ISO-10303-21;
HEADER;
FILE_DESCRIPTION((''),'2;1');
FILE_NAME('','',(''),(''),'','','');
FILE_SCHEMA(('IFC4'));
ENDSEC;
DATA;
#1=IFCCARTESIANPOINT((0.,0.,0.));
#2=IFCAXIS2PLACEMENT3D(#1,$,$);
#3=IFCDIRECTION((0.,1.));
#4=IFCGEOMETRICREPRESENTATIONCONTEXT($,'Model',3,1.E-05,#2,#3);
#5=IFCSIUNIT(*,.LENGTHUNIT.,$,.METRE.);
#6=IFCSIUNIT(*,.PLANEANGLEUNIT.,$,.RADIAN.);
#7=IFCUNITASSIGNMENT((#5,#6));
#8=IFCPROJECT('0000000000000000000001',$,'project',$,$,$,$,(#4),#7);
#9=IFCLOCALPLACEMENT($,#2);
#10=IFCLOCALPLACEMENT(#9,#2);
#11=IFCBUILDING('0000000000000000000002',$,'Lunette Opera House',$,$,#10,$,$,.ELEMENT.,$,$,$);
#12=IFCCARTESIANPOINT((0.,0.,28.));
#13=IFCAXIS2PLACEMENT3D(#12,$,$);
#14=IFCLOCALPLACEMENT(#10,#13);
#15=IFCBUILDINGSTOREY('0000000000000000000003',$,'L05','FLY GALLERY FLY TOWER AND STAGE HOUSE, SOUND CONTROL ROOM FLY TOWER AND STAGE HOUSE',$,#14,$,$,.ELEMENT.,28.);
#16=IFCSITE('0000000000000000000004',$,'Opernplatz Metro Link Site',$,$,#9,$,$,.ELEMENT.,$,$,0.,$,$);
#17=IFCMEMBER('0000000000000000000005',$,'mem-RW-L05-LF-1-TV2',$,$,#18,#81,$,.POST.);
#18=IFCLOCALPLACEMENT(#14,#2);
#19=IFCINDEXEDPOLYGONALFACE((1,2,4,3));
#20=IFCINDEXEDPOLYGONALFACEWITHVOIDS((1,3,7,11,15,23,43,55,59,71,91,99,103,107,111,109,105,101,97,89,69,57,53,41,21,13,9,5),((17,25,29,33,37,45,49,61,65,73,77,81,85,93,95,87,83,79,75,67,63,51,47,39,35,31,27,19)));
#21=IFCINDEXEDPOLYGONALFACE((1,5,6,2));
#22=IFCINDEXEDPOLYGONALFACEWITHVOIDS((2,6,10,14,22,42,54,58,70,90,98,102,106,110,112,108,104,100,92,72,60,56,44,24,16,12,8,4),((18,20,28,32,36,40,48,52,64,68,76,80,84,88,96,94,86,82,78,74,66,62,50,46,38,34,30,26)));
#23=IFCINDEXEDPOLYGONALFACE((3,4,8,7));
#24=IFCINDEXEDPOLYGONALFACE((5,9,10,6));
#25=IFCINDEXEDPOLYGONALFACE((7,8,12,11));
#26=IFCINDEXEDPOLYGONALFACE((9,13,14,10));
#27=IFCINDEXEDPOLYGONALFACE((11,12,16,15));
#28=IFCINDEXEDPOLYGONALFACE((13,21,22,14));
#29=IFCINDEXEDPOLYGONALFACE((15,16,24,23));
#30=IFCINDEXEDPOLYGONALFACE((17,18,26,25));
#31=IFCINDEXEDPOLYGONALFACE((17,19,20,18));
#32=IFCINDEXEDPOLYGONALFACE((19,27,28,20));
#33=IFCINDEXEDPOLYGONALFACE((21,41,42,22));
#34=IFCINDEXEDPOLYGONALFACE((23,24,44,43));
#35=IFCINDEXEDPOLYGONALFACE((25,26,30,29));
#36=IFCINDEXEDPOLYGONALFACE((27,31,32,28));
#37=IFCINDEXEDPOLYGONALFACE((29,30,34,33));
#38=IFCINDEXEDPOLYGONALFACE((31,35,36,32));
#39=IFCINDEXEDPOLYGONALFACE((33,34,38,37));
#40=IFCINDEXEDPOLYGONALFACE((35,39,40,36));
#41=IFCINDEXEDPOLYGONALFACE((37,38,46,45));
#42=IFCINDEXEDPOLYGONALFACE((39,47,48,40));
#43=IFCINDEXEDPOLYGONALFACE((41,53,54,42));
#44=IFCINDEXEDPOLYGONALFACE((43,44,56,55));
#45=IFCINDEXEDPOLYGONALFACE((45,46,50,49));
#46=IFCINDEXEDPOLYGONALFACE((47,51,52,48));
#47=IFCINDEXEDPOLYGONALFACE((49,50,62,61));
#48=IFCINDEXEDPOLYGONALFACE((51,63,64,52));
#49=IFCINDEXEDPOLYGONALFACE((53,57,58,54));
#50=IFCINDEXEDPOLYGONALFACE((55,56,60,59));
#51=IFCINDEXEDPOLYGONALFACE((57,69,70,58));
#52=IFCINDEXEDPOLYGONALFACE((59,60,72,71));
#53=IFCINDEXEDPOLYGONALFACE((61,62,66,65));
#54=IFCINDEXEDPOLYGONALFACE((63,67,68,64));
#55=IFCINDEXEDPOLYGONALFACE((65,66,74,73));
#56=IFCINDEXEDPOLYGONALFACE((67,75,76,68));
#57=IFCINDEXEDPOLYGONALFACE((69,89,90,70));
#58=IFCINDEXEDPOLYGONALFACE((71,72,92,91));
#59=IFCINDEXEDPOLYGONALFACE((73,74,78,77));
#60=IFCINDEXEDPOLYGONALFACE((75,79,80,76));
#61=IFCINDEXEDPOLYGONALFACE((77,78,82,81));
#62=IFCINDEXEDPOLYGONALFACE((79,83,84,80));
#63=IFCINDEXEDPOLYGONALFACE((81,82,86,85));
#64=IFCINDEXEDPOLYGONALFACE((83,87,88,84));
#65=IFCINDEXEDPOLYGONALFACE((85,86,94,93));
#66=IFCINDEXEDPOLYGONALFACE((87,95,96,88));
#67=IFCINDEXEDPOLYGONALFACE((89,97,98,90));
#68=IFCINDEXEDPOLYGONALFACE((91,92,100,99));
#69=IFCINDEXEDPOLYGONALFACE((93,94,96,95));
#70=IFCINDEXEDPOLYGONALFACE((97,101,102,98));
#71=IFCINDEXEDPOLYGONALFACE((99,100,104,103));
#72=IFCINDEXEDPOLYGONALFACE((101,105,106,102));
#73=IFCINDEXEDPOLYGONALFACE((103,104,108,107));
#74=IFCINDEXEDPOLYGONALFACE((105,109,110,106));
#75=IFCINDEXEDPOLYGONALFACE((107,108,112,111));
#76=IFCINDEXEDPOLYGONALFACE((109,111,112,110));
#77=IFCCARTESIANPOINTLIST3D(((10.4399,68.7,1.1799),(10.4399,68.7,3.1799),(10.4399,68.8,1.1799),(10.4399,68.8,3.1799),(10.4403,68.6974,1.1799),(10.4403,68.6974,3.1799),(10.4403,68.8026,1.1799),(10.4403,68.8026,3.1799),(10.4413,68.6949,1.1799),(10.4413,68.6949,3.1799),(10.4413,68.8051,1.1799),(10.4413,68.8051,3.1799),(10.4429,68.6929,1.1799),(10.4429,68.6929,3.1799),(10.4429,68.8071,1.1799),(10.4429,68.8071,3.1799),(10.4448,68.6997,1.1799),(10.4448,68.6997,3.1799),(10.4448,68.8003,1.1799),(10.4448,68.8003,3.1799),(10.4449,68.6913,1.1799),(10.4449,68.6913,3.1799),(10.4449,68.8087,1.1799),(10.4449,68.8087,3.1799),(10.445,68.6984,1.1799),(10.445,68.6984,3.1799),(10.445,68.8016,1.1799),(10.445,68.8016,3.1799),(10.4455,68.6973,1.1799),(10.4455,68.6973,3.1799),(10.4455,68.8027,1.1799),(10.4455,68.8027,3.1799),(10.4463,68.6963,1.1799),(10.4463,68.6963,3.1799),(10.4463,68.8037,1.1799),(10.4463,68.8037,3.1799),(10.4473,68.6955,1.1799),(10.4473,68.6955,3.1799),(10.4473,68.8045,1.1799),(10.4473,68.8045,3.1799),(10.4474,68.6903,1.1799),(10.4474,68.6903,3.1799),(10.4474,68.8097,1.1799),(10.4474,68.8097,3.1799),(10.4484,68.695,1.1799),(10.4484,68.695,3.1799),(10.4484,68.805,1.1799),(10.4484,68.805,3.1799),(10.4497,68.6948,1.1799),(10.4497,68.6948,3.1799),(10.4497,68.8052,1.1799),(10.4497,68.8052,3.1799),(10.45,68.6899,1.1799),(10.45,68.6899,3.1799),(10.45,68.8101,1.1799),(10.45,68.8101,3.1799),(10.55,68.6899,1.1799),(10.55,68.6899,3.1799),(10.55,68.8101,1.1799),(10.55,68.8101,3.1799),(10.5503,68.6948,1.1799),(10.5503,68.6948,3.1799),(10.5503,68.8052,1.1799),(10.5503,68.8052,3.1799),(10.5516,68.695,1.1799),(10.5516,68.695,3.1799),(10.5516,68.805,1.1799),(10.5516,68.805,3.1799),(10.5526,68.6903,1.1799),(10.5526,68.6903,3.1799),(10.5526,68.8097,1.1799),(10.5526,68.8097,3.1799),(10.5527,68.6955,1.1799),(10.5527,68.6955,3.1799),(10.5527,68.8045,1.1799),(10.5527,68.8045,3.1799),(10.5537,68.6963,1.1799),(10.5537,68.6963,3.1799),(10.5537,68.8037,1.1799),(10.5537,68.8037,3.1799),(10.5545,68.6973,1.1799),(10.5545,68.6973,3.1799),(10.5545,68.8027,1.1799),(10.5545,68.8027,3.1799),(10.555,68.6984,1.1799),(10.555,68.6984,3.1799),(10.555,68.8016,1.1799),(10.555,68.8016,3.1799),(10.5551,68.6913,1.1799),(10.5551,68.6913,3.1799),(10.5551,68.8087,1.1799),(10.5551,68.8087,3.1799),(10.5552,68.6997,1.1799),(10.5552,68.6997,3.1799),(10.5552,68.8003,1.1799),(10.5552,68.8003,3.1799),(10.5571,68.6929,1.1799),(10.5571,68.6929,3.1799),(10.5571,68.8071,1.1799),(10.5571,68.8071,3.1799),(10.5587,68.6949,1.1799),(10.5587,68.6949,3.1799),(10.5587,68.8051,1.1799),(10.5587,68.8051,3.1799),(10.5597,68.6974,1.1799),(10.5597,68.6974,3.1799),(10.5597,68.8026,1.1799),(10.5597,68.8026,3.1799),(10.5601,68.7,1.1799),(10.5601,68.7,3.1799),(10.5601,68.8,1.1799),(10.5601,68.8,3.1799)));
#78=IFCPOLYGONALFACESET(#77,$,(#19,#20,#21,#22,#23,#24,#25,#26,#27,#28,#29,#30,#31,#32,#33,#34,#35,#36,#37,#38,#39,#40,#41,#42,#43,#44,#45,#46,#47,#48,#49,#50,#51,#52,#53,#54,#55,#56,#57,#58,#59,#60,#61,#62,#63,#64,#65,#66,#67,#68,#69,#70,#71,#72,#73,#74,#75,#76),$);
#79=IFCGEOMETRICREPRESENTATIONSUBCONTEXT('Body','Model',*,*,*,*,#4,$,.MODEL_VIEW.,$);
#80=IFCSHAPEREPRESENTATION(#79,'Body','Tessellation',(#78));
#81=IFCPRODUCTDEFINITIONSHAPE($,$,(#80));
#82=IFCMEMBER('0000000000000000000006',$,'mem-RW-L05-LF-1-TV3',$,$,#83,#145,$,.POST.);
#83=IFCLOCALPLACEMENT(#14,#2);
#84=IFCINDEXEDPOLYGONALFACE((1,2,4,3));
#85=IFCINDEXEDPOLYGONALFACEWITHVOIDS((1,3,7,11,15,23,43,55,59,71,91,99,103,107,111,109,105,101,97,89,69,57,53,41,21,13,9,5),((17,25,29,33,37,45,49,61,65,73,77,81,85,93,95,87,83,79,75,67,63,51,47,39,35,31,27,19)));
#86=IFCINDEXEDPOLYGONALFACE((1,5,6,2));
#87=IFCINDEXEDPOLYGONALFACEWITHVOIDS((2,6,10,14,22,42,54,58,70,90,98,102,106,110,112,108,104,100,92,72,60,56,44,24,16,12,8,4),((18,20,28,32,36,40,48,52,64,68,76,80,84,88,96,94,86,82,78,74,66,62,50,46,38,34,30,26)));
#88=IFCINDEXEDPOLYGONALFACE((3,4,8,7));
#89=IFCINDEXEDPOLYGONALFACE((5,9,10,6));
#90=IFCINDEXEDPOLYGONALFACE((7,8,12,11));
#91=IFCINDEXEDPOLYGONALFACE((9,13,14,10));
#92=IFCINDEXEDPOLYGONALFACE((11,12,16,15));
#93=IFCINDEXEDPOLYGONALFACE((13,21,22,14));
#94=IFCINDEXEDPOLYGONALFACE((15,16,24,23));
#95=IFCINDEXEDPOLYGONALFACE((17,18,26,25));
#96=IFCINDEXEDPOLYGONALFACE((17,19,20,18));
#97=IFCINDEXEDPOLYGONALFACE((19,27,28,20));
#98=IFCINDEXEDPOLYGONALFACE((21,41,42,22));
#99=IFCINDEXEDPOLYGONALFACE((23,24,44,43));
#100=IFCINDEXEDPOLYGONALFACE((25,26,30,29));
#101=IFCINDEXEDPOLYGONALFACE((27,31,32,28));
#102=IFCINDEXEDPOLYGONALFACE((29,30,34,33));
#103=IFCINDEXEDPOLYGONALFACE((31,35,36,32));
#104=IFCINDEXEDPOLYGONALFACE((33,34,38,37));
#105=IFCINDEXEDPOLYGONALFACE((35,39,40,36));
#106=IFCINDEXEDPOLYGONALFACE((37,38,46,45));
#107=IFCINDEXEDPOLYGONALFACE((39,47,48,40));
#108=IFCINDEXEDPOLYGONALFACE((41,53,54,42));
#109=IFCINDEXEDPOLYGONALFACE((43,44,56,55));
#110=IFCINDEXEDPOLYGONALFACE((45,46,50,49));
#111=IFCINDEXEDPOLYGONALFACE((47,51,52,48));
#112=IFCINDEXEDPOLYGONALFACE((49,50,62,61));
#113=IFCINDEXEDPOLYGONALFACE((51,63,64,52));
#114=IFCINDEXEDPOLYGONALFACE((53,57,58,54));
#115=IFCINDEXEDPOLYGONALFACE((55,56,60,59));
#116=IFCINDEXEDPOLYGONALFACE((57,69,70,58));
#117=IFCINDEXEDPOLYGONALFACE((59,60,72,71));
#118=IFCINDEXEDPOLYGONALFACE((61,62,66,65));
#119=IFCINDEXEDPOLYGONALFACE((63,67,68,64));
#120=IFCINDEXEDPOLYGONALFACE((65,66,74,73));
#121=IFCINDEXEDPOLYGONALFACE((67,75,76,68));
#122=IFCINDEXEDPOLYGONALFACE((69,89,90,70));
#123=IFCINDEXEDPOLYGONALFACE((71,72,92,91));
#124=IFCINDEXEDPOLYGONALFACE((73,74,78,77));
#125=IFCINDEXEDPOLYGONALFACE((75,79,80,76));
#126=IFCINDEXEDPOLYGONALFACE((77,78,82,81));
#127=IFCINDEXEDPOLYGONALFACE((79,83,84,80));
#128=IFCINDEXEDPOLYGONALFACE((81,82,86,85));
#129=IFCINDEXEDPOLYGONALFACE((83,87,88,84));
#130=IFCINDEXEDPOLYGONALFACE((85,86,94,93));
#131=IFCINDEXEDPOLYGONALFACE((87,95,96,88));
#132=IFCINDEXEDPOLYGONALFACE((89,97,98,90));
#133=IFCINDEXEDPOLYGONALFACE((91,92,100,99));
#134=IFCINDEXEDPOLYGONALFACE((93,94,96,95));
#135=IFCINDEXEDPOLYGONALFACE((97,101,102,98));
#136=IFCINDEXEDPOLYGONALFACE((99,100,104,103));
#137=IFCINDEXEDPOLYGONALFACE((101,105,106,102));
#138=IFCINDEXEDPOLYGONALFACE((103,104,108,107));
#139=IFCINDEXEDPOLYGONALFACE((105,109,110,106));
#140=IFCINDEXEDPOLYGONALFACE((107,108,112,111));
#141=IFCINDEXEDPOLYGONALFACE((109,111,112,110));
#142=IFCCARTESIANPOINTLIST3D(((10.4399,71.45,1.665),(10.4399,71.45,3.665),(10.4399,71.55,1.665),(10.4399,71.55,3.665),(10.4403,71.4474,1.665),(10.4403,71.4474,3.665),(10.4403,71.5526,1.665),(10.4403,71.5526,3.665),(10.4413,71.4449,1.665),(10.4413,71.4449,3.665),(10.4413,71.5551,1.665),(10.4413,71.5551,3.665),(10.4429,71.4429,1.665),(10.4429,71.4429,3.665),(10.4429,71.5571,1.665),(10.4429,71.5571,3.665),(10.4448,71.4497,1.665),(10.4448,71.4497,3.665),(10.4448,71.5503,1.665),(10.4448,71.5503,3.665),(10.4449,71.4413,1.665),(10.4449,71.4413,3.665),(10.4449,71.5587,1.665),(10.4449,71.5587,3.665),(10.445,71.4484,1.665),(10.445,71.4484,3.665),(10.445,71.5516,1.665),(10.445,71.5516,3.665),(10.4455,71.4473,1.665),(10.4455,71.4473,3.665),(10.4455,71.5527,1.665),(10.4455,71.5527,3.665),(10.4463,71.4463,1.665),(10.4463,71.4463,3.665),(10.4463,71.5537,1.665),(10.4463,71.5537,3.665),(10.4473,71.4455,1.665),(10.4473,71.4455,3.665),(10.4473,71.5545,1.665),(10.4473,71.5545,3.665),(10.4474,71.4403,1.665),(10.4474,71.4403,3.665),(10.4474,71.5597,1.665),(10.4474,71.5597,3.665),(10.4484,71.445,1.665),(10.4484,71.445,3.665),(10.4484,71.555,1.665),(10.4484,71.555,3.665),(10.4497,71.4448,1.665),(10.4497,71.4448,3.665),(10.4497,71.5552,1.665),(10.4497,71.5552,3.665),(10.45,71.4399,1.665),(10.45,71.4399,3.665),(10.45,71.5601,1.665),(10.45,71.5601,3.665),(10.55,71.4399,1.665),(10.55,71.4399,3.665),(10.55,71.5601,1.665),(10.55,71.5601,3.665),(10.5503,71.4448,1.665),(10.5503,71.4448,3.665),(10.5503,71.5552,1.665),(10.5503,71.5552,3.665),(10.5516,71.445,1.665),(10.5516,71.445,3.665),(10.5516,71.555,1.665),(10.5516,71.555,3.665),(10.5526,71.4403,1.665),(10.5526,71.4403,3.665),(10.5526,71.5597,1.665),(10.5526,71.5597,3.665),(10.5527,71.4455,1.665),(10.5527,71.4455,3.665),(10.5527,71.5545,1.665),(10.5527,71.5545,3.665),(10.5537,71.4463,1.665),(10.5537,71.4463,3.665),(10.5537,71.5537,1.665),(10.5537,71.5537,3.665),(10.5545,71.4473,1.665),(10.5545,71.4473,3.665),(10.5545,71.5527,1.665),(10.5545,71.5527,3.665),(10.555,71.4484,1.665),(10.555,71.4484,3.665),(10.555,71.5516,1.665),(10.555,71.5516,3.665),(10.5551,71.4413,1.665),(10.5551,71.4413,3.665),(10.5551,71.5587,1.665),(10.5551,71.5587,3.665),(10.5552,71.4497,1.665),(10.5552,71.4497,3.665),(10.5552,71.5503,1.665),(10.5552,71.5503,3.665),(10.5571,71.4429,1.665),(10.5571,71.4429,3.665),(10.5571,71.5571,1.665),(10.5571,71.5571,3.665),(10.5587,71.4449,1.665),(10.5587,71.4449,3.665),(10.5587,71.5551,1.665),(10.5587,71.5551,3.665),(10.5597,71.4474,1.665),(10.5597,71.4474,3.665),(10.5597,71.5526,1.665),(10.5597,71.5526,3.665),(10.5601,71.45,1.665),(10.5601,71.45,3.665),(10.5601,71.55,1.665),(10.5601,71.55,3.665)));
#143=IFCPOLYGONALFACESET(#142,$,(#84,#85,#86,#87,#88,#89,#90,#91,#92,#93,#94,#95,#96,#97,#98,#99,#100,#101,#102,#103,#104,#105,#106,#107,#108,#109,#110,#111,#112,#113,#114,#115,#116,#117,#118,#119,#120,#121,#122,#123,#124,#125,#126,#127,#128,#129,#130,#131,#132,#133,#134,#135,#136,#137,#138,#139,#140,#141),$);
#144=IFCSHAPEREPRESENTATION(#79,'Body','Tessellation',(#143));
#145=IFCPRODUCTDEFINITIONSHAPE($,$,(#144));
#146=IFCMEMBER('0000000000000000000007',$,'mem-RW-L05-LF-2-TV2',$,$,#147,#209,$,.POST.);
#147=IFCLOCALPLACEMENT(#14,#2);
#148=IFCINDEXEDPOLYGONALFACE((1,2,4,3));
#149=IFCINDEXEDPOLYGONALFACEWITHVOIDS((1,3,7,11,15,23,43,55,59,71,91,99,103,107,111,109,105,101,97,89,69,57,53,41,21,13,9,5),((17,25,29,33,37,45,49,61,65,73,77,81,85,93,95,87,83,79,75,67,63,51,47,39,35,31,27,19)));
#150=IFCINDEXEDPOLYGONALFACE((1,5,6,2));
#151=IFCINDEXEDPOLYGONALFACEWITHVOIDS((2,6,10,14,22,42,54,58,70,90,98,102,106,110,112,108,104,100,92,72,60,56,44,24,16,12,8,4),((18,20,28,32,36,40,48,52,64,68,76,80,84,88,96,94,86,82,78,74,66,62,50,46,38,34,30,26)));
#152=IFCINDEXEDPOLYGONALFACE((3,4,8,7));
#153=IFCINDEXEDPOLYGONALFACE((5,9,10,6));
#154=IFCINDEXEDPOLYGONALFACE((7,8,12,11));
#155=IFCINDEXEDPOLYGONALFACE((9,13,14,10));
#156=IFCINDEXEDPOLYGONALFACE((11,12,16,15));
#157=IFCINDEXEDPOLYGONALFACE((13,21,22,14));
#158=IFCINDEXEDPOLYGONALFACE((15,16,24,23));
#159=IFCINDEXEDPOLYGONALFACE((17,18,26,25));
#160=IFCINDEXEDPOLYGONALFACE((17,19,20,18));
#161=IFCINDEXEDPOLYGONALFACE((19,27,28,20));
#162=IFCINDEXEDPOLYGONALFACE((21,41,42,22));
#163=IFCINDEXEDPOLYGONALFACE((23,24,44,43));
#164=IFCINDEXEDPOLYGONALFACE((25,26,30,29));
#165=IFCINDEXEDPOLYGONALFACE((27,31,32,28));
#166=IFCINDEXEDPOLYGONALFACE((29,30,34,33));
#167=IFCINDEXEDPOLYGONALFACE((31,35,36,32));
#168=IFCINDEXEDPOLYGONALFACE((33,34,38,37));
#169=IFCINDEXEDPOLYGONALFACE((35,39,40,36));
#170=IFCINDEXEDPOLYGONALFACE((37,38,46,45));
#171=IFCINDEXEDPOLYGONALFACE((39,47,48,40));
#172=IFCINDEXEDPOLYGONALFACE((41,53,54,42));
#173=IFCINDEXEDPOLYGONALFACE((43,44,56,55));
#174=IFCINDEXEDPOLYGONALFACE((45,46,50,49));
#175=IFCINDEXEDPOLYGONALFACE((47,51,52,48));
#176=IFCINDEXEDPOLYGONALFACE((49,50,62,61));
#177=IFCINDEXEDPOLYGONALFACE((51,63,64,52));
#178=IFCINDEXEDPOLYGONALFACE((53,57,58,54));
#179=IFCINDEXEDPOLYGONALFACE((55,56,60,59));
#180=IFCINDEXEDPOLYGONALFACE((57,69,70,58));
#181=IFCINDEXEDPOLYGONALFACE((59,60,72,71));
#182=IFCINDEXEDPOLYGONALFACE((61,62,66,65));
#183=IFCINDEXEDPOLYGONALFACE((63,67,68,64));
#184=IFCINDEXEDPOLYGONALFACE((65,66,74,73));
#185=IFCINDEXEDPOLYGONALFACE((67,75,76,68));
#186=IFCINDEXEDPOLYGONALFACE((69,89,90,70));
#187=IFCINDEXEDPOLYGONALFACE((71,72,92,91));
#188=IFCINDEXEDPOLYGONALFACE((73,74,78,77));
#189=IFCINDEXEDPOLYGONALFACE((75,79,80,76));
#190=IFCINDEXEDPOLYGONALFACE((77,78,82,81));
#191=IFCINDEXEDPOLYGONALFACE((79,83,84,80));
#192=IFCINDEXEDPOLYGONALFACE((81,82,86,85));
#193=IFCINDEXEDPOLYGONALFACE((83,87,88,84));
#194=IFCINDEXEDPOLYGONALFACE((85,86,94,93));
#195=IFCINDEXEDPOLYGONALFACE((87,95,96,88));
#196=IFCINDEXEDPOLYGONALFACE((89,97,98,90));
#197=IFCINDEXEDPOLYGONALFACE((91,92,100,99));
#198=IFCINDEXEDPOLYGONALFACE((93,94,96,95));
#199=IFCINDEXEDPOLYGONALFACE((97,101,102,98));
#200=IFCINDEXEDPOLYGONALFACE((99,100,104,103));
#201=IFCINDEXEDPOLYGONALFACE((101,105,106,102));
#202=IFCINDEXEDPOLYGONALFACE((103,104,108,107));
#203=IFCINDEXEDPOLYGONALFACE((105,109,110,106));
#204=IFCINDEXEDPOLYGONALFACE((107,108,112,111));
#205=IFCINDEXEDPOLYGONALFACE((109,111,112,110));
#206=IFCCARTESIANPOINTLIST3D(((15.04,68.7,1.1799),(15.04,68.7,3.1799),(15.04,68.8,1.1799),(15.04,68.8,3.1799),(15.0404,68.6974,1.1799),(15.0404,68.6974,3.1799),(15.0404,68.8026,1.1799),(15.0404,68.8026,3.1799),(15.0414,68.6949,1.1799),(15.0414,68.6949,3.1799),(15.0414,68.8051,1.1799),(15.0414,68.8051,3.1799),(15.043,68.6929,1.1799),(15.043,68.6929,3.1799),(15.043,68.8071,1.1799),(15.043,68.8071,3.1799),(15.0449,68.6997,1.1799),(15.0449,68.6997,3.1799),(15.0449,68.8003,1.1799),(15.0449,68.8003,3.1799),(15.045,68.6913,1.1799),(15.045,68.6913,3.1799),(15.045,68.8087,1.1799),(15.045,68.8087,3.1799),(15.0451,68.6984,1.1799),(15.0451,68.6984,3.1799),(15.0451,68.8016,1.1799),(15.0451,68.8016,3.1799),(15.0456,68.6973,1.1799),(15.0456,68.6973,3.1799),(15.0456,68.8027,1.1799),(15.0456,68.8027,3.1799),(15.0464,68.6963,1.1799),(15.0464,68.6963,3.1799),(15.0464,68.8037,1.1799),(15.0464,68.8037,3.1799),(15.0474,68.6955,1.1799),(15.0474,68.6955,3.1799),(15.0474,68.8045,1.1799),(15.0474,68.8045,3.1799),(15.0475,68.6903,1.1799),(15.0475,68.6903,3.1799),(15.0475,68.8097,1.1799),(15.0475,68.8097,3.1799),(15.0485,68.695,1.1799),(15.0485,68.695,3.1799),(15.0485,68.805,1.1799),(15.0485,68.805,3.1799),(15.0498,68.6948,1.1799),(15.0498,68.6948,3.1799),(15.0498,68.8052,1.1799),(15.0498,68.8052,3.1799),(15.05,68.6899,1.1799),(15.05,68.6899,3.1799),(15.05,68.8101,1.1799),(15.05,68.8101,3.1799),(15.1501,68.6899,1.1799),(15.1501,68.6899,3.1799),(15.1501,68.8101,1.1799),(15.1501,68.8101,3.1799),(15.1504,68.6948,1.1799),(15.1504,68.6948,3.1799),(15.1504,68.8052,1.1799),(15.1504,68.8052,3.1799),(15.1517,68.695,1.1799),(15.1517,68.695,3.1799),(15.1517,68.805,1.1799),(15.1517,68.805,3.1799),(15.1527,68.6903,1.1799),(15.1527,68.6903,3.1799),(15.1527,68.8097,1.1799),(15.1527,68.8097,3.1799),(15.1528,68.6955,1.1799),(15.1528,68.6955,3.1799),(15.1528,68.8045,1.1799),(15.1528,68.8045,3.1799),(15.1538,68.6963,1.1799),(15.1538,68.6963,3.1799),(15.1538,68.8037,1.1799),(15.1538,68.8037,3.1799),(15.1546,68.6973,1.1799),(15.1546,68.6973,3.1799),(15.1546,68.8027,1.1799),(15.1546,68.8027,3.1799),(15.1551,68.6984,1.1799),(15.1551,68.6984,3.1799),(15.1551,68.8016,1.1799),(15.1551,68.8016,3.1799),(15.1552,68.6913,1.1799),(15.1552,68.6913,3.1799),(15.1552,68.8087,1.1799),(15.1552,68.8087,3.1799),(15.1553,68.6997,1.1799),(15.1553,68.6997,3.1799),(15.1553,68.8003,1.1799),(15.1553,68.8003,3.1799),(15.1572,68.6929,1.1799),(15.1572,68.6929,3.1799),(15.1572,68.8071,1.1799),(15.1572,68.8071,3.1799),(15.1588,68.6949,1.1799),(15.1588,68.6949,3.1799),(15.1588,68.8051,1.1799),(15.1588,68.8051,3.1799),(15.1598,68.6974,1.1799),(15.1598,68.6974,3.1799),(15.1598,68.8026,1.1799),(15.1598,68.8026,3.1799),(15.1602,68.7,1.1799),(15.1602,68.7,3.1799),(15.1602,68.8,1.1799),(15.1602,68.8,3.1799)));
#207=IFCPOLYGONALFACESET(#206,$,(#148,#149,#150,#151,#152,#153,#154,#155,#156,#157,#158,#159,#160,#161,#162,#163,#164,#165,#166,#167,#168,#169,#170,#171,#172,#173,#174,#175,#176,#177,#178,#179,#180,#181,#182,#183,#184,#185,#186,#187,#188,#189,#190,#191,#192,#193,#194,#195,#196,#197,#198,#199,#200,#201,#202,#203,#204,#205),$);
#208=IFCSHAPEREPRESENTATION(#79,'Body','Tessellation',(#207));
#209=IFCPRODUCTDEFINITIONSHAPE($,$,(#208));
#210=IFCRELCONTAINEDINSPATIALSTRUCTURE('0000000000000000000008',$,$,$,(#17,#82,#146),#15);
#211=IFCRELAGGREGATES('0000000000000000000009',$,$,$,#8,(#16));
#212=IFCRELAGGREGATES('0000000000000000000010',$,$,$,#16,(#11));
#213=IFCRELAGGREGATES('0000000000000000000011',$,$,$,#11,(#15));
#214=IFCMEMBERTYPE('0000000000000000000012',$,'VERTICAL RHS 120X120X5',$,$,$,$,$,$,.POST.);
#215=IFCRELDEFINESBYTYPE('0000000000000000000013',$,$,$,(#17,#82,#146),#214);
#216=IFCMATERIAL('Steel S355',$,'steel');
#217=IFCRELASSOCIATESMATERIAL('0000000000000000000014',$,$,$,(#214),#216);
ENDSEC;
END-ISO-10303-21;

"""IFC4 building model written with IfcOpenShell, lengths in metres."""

from ifc_helpers import new_model, si_unit, direction, frame, origin, origin_2d, place, context, subcontext, project, spatial, hollow_rectangle, extrude, material, material_profile, profile_set, type_object, element, save


model = new_model("IFC4")

# Units and contexts
model_context = context("Model", 3, precision=1e-05, world=origin(), true_north=direction((0.0, 1.0)))
body_context = subcontext(model_context, "Body", "Model", "MODEL_VIEW")
ifc_project = project(units=[si_unit("LENGTHUNIT", "METRE"), si_unit("PLANEANGLEUNIT", "RADIAN")], contexts=[model_context])

# Site, building, storey
site_placement = place(None, origin())
site = spatial("IfcSite", under=ifc_project, at=site_placement, Name="Opernplatz Metro Link Site", CompositionType="ELEMENT", RefElevation=0.0)
building_placement = place(site_placement, origin())
building = spatial("IfcBuilding", under=site, at=building_placement, Name="Lunette Opera House", CompositionType="ELEMENT")
storey_placement = place(building_placement, frame((0.0, 0.0, 28.0)))
storey = spatial("IfcBuildingStorey", under=building, at=storey_placement, Name="L05", Description="FLY GALLERY FLY TOWER AND STAGE HOUSE, SOUND CONTROL ROOM FLY TOWER AND STAGE HOUSE", CompositionType="ELEMENT", Elevation=28.0)

# Members
ifc_material_1 = material(Name="Steel S355", Category="steel")
ifc_material_profile_1 = material_profile(ifc_material_1, hollow_rectangle(XDim=0.1201, YDim=0.1201, WallThickness=0.0049, InnerFilletRadius=0.0049, OuterFilletRadius=0.01, at=origin_2d()), Name="RHS 120X120X5")
ifc_profile_set_1 = profile_set([ifc_material_profile_1], Name="Steel S355")
member_type_1 = type_object("IfcMemberType", Name="VERTICAL RHS 120X120X5", PredefinedType="POST", material=ifc_profile_set_1)
for number, where, z_axis, x_axis, name in (
    (1, (10.5, 68.75, 1.1799), (0.0, 0.0, 1.0), (1.0, 0.0, 0.0), "mem-RW-L05-LF-1-TV2"),
    (2, (10.5, 71.5, 1.665), (0.0, 0.0, 1.0), (1.0, 0.0, 0.0), "mem-RW-L05-LF-1-TV3"),
    (3, (15.1001, 68.75, 1.1799), (0.0, 0.0, 1.0), (1.0, 0.0, 0.0), "mem-RW-L05-LF-2-TV2"),
):
    element("IfcMember", number, at=place(storey_placement, frame(where, z_axis=z_axis, x_axis=x_axis)), inside=storey, type_object=member_type_1, Name=name, PredefinedType="POST", context=body_context, shape_type="SweptSolid", body=[
        extrude(hollow_rectangle(XDim=0.1201, YDim=0.1201, WallThickness=0.0049, InnerFilletRadius=0.0049, OuterFilletRadius=0.01, at=origin_2d()), origin(), (0.0, 0.0, 1.0), 2.0),
    ])

save(model, "model.ifc")
